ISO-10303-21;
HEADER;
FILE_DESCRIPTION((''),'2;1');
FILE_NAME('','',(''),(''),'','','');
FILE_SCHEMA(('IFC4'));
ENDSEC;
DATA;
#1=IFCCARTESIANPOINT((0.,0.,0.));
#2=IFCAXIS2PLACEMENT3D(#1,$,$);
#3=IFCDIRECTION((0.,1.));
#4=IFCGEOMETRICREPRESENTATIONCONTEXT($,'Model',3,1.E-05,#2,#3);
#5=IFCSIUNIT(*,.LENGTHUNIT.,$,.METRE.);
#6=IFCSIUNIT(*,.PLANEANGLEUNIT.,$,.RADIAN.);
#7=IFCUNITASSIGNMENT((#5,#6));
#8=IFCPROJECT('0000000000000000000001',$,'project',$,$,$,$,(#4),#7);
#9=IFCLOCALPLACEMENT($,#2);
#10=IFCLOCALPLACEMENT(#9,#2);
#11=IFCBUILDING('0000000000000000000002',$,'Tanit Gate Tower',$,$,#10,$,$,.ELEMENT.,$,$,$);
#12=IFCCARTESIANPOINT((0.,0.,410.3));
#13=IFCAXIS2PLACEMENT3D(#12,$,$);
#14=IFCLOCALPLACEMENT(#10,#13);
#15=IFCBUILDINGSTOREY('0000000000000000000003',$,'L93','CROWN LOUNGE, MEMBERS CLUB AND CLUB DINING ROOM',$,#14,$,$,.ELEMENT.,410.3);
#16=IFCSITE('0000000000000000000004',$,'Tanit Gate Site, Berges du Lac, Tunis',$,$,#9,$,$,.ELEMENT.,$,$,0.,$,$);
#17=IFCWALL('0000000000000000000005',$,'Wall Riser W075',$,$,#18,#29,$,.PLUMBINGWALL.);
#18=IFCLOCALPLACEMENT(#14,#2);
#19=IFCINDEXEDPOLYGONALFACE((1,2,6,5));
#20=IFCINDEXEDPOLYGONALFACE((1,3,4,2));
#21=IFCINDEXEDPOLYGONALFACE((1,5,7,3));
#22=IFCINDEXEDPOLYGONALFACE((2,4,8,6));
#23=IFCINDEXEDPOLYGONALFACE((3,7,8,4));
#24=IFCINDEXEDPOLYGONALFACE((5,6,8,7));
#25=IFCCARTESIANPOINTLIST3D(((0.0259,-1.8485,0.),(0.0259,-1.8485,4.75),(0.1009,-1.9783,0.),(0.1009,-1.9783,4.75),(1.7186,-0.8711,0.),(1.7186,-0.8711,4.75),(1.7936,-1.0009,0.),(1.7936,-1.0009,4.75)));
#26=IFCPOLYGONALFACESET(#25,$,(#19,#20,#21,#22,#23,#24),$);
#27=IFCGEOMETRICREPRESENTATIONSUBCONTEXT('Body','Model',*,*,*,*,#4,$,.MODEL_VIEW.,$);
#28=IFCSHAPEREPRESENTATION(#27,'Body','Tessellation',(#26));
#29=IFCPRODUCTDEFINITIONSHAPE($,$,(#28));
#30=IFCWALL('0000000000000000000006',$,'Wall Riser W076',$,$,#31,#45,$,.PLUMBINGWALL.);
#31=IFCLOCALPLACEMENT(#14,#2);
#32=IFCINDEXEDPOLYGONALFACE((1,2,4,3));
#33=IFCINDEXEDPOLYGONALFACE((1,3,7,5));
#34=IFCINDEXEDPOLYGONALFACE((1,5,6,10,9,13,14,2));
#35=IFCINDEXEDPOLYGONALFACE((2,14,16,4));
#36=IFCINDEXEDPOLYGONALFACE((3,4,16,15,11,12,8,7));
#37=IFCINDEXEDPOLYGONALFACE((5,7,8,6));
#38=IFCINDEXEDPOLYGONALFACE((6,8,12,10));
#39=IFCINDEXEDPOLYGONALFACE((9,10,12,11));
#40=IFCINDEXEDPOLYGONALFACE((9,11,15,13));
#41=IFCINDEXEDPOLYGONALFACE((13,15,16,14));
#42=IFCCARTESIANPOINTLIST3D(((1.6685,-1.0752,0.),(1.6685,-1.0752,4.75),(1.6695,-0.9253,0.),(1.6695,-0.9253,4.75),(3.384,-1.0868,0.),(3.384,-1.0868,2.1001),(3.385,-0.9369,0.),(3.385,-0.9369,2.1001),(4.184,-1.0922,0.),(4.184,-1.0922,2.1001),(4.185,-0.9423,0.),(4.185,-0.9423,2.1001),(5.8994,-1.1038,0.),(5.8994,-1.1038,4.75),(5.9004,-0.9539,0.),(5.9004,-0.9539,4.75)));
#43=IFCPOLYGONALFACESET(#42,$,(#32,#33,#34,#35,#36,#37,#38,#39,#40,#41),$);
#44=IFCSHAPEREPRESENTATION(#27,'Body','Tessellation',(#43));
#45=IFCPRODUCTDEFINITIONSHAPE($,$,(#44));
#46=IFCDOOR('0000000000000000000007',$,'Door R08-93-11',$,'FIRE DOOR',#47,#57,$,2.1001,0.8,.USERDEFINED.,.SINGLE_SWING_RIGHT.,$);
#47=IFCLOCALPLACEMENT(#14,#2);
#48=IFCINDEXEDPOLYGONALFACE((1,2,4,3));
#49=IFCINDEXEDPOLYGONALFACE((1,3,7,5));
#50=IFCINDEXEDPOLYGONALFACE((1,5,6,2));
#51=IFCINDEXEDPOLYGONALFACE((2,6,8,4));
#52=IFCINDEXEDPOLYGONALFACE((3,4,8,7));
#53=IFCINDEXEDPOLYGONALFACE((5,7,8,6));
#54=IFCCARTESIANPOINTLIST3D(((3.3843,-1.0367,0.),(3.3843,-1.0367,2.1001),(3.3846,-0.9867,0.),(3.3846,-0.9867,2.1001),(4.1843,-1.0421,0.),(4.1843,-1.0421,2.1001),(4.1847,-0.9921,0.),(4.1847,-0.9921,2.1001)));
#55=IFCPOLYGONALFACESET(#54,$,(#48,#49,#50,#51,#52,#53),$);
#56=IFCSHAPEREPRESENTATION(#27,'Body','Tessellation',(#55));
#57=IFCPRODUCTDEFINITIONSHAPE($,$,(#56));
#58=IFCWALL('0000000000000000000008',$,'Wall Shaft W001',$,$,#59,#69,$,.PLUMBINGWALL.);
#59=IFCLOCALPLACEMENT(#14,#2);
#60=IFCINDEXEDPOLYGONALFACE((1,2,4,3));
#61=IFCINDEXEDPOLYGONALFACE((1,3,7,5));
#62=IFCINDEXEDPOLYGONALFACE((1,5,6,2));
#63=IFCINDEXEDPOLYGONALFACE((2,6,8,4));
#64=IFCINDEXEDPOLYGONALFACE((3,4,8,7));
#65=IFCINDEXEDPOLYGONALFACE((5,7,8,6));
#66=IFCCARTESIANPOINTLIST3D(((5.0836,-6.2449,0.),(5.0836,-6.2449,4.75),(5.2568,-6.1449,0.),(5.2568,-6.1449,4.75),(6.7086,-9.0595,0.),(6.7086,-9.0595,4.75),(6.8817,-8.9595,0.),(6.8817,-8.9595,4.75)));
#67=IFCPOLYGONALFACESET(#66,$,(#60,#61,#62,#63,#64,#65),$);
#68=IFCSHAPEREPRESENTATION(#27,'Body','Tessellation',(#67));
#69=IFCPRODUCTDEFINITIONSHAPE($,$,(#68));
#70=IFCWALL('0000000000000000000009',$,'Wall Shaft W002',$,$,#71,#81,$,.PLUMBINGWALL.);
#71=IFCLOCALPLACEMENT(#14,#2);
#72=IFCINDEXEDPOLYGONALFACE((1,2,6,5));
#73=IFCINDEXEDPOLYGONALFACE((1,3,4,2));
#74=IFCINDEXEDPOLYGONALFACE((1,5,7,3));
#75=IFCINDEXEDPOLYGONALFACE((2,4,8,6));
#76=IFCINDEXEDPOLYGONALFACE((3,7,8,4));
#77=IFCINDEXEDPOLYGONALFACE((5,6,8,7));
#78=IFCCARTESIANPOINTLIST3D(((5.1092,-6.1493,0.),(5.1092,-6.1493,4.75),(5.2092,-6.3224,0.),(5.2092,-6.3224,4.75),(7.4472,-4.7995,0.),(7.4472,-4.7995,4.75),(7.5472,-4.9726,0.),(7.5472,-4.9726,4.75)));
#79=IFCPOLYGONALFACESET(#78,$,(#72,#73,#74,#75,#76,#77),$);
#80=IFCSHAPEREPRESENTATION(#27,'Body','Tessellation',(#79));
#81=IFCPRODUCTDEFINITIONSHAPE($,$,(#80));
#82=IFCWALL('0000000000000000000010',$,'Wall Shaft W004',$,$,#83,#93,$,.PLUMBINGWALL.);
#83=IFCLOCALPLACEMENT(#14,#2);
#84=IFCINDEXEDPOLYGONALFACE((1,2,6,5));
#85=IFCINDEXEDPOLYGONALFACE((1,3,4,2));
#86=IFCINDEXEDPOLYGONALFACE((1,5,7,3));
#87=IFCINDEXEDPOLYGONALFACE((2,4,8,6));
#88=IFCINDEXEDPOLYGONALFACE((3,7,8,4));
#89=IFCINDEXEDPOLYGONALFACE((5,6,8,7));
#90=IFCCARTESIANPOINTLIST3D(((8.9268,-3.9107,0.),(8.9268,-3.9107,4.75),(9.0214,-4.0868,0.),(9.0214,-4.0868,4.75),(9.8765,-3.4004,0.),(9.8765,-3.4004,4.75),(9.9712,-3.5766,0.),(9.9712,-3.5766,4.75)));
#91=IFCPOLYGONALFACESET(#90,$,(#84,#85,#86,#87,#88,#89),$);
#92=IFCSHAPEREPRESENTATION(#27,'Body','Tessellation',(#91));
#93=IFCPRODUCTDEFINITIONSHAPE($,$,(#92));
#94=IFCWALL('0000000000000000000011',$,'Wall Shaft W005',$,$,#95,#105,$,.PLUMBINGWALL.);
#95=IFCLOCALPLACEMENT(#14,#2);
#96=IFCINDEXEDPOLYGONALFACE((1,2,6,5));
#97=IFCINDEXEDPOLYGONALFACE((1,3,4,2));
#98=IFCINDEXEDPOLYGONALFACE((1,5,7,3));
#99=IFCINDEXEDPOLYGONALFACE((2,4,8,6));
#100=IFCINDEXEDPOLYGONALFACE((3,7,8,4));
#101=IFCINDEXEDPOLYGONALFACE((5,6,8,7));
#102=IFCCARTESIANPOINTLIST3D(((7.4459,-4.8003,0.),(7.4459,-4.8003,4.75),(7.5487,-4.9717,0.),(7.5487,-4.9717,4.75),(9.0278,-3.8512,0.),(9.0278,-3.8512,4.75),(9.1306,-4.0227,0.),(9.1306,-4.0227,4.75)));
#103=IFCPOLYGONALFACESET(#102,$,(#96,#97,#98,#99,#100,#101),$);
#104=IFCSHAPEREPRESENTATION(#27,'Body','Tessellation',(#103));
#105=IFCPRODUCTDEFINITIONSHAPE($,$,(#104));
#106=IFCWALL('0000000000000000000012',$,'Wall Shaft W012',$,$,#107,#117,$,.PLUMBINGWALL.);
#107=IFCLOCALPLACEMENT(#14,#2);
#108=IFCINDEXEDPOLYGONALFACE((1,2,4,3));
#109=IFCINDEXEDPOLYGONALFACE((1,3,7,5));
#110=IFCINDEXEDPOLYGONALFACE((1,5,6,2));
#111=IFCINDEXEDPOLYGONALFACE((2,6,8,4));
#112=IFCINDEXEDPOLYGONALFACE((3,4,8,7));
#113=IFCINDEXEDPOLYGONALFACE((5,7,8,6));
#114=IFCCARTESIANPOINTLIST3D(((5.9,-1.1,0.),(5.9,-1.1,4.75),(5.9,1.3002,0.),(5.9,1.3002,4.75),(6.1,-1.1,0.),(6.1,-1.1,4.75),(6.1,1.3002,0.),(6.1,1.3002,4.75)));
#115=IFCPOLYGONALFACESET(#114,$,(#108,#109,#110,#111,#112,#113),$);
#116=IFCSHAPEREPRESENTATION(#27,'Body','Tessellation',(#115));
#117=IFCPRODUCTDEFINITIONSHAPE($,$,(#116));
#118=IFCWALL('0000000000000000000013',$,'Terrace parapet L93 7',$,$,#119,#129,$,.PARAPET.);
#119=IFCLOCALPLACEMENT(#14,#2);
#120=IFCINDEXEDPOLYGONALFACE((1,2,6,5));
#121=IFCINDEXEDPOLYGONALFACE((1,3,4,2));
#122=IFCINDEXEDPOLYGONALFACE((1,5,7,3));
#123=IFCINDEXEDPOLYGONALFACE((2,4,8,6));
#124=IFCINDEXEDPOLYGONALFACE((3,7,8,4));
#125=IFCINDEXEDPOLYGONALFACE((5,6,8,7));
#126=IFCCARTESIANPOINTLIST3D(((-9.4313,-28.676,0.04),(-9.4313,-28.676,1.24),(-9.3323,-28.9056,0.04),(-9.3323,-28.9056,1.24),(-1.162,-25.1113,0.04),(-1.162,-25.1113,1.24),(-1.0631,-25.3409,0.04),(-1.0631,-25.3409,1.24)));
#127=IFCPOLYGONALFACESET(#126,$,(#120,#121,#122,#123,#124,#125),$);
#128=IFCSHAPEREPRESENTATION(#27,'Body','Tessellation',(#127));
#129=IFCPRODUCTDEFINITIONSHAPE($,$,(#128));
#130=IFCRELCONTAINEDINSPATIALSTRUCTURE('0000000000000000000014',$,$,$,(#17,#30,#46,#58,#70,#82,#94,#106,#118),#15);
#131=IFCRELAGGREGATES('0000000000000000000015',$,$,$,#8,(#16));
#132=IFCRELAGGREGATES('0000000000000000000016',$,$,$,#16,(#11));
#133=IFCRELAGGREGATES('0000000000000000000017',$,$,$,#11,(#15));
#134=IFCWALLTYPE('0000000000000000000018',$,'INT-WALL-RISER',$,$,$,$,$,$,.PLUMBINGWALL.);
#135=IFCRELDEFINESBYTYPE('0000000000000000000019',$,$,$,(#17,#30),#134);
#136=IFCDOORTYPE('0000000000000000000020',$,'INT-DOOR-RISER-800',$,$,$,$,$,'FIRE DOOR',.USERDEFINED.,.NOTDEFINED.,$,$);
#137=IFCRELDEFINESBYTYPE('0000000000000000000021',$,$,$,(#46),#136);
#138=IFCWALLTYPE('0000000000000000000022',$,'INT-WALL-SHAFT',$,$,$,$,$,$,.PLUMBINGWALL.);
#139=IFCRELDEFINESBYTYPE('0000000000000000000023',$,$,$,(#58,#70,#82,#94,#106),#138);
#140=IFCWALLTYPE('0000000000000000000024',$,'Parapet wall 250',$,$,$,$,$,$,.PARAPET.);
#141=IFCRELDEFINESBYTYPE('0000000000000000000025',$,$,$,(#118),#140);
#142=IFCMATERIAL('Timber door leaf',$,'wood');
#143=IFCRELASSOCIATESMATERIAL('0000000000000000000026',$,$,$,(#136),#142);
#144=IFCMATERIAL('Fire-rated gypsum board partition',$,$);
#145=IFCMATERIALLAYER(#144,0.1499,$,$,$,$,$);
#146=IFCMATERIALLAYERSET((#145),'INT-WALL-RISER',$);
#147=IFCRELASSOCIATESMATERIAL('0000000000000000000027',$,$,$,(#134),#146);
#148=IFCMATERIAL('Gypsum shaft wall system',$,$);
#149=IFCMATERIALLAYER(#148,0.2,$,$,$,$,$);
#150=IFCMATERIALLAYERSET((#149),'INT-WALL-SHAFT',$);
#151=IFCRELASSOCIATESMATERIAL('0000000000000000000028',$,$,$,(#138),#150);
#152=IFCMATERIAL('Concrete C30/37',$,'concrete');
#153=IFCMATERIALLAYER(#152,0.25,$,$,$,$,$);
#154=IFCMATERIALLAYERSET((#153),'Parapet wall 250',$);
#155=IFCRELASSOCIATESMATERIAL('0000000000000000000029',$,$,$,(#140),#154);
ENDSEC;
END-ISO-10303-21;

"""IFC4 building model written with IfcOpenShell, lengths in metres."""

from ifc_helpers import new_model, si_unit, direction, frame, frame_2d, origin, place, context, subcontext, project, spatial, rectangle, extrude, material, layer, layer_set, type_object, element, fill, save


model = new_model("IFC4")

# Units and contexts
model_context = context("Model", 3, precision=1e-05, world=origin(), true_north=direction((0.0, 1.0)))
body_context = subcontext(model_context, "Body", "Model", "MODEL_VIEW")
ifc_project = project(units=[si_unit("LENGTHUNIT", "METRE"), si_unit("PLANEANGLEUNIT", "RADIAN")], contexts=[model_context])

# Site, building, storey
site_placement = place(None, origin())
site = spatial("IfcSite", under=ifc_project, at=site_placement, Name="Tanit Gate Site, Berges du Lac, Tunis", CompositionType="ELEMENT", RefElevation=0.0)
building_placement = place(site_placement, origin())
building = spatial("IfcBuilding", under=site, at=building_placement, Name="Tanit Gate Tower", CompositionType="ELEMENT")
storey_placement = place(building_placement, frame((0.0, 0.0, 410.3)))
storey = spatial("IfcBuildingStorey", under=building, at=storey_placement, Name="L93", Description="CROWN LOUNGE, MEMBERS CLUB AND CLUB DINING ROOM", CompositionType="ELEMENT", Elevation=410.3)

# Shared definitions
ifc_material_1 = material(Name="Timber door leaf", Category="wood")
door_type_1 = type_object("IfcDoorType", Name="INT-DOOR-RISER-800", ElementType="FIRE DOOR", OperationType="NOTDEFINED", PredefinedType="USERDEFINED", material=ifc_material_1)

# Wall
ifc_material_2 = material(Name="Fire-rated gypsum board partition")
ifc_layer_1 = layer(ifc_material_2, 0.1499)
ifc_layer_set_1 = layer_set([ifc_layer_1], Name="INT-WALL-RISER")
wall_type_1 = type_object("IfcWallType", Name="INT-WALL-RISER", PredefinedType="PLUMBINGWALL", material=ifc_layer_set_1)
wall_1_placement = place(storey_placement, frame((1.7561, -0.936, 0.0), z_axis=(0.0, 0.0, 1.0), x_axis=(-0.866013, -0.500022, 0.0)))
element("IfcWall", 1, at=wall_1_placement, inside=storey, type_object=wall_type_1, Name="Wall Riser W075", PredefinedType="PLUMBINGWALL", context=body_context, shape_type="SweptSolid", body=[
    extrude(rectangle(XDim=1.9546, YDim=0.1499, at=frame_2d((0.9773, 0.0))), origin(), (0.0, 0.0, 1.0), 4.75),
])

# Wall, opening, door
wall_2_placement = place(storey_placement, frame((5.8999, -1.0288, 0.0), z_axis=(0.0, 0.0, 1.0), x_axis=(-0.999977, 0.006751, 0.0)))
wall_2 = element("IfcWall", 2, at=wall_2_placement, inside=storey, type_object=wall_type_1, Name="Wall Riser W076", PredefinedType="PLUMBINGWALL", context=body_context, shape_type="SweptSolid", body=[
    extrude(rectangle(XDim=4.231, YDim=0.1499, at=frame_2d((2.1155, 0.0))), origin(), (0.0, 0.0, 1.0), 4.75),
])
opening_1_placement = place(wall_2_placement, frame((1.7156, 0.0, 0.0)))
opening_1 = element("IfcOpeningElement", 3, at=opening_1_placement, cuts=wall_2, PredefinedType="OPENING", context=body_context, shape_type="SweptSolid", body=[
    extrude(rectangle(XDim=0.8, YDim=2.1001, at=frame_2d((0.3999, 1.05))), frame((0.0, 0.085, 0.0), z_axis=(0.0, -1.0, 0.0), x_axis=(1.0, 0.0, 0.0)), (0.0, 0.0, 1.0), 0.1699),
])
door_1_placement = place(opening_1_placement, origin())
door_1 = element("IfcDoor", 4, at=door_1_placement, inside=storey, type_object=door_type_1, Name="Door R08-93-11", ObjectType="FIRE DOOR", OperationType="SINGLE_SWING_RIGHT", OverallHeight=2.1001, OverallWidth=0.8, PredefinedType="USERDEFINED", context=body_context, shape_type="SweptSolid", body=[
    extrude(rectangle(XDim=0.8, YDim=2.1001, at=frame_2d((0.3999, 1.05))), frame((0.0, 0.0249, 0.0), z_axis=(0.0, -1.0, 0.0), x_axis=(1.0, 0.0, 0.0)), (0.0, 0.0, 1.0), 0.05),
])
fill(opening_1, door_1)

# Walls
ifc_material_3 = material(Name="Gypsum shaft wall system")
ifc_layer_2 = layer(ifc_material_3, 0.2)
ifc_layer_set_2 = layer_set([ifc_layer_2], Name="INT-WALL-SHAFT")
wall_type_2 = type_object("IfcWallType", Name="INT-WALL-SHAFT", PredefinedType="PLUMBINGWALL", material=ifc_layer_set_2)
wall_3_placement = place(storey_placement, frame((6.7952, -9.0095, 0.0), z_axis=(0.0, 0.0, 1.0), x_axis=(-0.499985, 0.866034, 0.0)))
element("IfcWall", 5, at=wall_3_placement, inside=storey, type_object=wall_type_2, Name="Wall Shaft W001", PredefinedType="PLUMBINGWALL", context=body_context, shape_type="SweptSolid", body=[
    extrude(rectangle(XDim=3.25, YDim=0.2, at=frame_2d((1.625, 0.0))), origin(), (0.0, 0.0, 1.0), 4.75),
])
wall_4_placement = place(storey_placement, frame((5.1592, -6.2358, 0.0), z_axis=(0.0, 0.0, 1.0), x_axis=(0.866037, 0.499981, 0.0)))
element("IfcWall", 6, at=wall_4_placement, inside=storey, type_object=wall_type_2, Name="Wall Shaft W002", PredefinedType="PLUMBINGWALL", context=body_context, shape_type="SweptSolid", body=[
    extrude(rectangle(XDim=2.6997, YDim=0.2, at=frame_2d((1.3499, 0.0))), origin(), (0.0, 0.0, 1.0), 4.75),
])
wall_5_placement = place(storey_placement, frame((8.9741, -3.9988, 0.0), z_axis=(0.0, 0.0, 1.0), x_axis=(0.880907, 0.473289, 0.0)))
element("IfcWall", 7, at=wall_5_placement, inside=storey, type_object=wall_type_2, Name="Wall Shaft W004", PredefinedType="PLUMBINGWALL", context=body_context, shape_type="SweptSolid", body=[
    extrude(rectangle(XDim=1.0781, YDim=0.2, at=frame_2d((0.5391, 0.0))), origin(), (0.0, 0.0, 1.0), 4.75),
])
wall_6_placement = place(storey_placement, frame((7.4973, -4.886, 0.0), z_axis=(0.0, 0.0, 1.0), x_axis=(0.857516, 0.514457, 0.0)))
element("IfcWall", 8, at=wall_6_placement, inside=storey, type_object=wall_type_2, Name="Wall Shaft W005", PredefinedType="PLUMBINGWALL", context=body_context, shape_type="SweptSolid", body=[
    extrude(rectangle(XDim=1.8447, YDim=0.2, at=frame_2d((0.9224, 0.0))), origin(), (0.0, 0.0, 1.0), 4.75),
])
wall_7_placement = place(storey_placement, frame((6.0, -1.1001, 0.0), z_axis=(0.0, 0.0, 1.0), x_axis=(0.0, 1.0, 0.0)))
element("IfcWall", 9, at=wall_7_placement, inside=storey, type_object=wall_type_2, Name="Wall Shaft W012", PredefinedType="PLUMBINGWALL", context=body_context, shape_type="SweptSolid", body=[
    extrude(rectangle(XDim=2.4001, YDim=0.2, at=frame_2d((1.2002, 0.0))), origin(), (0.0, 0.0, 1.0), 4.75),
])
ifc_material_4 = material(Name="Concrete C30/37", Category="concrete")
ifc_layer_3 = layer(ifc_material_4, 0.25)
ifc_layer_set_3 = layer_set([ifc_layer_3], Name="Parapet wall 250")
wall_type_3 = type_object("IfcWallType", Name="Parapet wall 250", PredefinedType="PARAPET", material=ifc_layer_set_3)
wall_8_placement = place(storey_placement, frame((-1.1125, -25.2261, 0.04), z_axis=(0.0, 0.0, 1.0), x_axis=(-0.91831, -0.395862, 0.0)))
element("IfcWall", 10, at=wall_8_placement, inside=storey, type_object=wall_type_3, Name="Terrace parapet L93 7", PredefinedType="PARAPET", context=body_context, shape_type="SweptSolid", body=[
    extrude(rectangle(XDim=9.0049, YDim=0.25, at=frame_2d((4.5024, 0.0))), origin(), (0.0, 0.0, 1.0), 1.2),
])

save(model, "model.ifc")
